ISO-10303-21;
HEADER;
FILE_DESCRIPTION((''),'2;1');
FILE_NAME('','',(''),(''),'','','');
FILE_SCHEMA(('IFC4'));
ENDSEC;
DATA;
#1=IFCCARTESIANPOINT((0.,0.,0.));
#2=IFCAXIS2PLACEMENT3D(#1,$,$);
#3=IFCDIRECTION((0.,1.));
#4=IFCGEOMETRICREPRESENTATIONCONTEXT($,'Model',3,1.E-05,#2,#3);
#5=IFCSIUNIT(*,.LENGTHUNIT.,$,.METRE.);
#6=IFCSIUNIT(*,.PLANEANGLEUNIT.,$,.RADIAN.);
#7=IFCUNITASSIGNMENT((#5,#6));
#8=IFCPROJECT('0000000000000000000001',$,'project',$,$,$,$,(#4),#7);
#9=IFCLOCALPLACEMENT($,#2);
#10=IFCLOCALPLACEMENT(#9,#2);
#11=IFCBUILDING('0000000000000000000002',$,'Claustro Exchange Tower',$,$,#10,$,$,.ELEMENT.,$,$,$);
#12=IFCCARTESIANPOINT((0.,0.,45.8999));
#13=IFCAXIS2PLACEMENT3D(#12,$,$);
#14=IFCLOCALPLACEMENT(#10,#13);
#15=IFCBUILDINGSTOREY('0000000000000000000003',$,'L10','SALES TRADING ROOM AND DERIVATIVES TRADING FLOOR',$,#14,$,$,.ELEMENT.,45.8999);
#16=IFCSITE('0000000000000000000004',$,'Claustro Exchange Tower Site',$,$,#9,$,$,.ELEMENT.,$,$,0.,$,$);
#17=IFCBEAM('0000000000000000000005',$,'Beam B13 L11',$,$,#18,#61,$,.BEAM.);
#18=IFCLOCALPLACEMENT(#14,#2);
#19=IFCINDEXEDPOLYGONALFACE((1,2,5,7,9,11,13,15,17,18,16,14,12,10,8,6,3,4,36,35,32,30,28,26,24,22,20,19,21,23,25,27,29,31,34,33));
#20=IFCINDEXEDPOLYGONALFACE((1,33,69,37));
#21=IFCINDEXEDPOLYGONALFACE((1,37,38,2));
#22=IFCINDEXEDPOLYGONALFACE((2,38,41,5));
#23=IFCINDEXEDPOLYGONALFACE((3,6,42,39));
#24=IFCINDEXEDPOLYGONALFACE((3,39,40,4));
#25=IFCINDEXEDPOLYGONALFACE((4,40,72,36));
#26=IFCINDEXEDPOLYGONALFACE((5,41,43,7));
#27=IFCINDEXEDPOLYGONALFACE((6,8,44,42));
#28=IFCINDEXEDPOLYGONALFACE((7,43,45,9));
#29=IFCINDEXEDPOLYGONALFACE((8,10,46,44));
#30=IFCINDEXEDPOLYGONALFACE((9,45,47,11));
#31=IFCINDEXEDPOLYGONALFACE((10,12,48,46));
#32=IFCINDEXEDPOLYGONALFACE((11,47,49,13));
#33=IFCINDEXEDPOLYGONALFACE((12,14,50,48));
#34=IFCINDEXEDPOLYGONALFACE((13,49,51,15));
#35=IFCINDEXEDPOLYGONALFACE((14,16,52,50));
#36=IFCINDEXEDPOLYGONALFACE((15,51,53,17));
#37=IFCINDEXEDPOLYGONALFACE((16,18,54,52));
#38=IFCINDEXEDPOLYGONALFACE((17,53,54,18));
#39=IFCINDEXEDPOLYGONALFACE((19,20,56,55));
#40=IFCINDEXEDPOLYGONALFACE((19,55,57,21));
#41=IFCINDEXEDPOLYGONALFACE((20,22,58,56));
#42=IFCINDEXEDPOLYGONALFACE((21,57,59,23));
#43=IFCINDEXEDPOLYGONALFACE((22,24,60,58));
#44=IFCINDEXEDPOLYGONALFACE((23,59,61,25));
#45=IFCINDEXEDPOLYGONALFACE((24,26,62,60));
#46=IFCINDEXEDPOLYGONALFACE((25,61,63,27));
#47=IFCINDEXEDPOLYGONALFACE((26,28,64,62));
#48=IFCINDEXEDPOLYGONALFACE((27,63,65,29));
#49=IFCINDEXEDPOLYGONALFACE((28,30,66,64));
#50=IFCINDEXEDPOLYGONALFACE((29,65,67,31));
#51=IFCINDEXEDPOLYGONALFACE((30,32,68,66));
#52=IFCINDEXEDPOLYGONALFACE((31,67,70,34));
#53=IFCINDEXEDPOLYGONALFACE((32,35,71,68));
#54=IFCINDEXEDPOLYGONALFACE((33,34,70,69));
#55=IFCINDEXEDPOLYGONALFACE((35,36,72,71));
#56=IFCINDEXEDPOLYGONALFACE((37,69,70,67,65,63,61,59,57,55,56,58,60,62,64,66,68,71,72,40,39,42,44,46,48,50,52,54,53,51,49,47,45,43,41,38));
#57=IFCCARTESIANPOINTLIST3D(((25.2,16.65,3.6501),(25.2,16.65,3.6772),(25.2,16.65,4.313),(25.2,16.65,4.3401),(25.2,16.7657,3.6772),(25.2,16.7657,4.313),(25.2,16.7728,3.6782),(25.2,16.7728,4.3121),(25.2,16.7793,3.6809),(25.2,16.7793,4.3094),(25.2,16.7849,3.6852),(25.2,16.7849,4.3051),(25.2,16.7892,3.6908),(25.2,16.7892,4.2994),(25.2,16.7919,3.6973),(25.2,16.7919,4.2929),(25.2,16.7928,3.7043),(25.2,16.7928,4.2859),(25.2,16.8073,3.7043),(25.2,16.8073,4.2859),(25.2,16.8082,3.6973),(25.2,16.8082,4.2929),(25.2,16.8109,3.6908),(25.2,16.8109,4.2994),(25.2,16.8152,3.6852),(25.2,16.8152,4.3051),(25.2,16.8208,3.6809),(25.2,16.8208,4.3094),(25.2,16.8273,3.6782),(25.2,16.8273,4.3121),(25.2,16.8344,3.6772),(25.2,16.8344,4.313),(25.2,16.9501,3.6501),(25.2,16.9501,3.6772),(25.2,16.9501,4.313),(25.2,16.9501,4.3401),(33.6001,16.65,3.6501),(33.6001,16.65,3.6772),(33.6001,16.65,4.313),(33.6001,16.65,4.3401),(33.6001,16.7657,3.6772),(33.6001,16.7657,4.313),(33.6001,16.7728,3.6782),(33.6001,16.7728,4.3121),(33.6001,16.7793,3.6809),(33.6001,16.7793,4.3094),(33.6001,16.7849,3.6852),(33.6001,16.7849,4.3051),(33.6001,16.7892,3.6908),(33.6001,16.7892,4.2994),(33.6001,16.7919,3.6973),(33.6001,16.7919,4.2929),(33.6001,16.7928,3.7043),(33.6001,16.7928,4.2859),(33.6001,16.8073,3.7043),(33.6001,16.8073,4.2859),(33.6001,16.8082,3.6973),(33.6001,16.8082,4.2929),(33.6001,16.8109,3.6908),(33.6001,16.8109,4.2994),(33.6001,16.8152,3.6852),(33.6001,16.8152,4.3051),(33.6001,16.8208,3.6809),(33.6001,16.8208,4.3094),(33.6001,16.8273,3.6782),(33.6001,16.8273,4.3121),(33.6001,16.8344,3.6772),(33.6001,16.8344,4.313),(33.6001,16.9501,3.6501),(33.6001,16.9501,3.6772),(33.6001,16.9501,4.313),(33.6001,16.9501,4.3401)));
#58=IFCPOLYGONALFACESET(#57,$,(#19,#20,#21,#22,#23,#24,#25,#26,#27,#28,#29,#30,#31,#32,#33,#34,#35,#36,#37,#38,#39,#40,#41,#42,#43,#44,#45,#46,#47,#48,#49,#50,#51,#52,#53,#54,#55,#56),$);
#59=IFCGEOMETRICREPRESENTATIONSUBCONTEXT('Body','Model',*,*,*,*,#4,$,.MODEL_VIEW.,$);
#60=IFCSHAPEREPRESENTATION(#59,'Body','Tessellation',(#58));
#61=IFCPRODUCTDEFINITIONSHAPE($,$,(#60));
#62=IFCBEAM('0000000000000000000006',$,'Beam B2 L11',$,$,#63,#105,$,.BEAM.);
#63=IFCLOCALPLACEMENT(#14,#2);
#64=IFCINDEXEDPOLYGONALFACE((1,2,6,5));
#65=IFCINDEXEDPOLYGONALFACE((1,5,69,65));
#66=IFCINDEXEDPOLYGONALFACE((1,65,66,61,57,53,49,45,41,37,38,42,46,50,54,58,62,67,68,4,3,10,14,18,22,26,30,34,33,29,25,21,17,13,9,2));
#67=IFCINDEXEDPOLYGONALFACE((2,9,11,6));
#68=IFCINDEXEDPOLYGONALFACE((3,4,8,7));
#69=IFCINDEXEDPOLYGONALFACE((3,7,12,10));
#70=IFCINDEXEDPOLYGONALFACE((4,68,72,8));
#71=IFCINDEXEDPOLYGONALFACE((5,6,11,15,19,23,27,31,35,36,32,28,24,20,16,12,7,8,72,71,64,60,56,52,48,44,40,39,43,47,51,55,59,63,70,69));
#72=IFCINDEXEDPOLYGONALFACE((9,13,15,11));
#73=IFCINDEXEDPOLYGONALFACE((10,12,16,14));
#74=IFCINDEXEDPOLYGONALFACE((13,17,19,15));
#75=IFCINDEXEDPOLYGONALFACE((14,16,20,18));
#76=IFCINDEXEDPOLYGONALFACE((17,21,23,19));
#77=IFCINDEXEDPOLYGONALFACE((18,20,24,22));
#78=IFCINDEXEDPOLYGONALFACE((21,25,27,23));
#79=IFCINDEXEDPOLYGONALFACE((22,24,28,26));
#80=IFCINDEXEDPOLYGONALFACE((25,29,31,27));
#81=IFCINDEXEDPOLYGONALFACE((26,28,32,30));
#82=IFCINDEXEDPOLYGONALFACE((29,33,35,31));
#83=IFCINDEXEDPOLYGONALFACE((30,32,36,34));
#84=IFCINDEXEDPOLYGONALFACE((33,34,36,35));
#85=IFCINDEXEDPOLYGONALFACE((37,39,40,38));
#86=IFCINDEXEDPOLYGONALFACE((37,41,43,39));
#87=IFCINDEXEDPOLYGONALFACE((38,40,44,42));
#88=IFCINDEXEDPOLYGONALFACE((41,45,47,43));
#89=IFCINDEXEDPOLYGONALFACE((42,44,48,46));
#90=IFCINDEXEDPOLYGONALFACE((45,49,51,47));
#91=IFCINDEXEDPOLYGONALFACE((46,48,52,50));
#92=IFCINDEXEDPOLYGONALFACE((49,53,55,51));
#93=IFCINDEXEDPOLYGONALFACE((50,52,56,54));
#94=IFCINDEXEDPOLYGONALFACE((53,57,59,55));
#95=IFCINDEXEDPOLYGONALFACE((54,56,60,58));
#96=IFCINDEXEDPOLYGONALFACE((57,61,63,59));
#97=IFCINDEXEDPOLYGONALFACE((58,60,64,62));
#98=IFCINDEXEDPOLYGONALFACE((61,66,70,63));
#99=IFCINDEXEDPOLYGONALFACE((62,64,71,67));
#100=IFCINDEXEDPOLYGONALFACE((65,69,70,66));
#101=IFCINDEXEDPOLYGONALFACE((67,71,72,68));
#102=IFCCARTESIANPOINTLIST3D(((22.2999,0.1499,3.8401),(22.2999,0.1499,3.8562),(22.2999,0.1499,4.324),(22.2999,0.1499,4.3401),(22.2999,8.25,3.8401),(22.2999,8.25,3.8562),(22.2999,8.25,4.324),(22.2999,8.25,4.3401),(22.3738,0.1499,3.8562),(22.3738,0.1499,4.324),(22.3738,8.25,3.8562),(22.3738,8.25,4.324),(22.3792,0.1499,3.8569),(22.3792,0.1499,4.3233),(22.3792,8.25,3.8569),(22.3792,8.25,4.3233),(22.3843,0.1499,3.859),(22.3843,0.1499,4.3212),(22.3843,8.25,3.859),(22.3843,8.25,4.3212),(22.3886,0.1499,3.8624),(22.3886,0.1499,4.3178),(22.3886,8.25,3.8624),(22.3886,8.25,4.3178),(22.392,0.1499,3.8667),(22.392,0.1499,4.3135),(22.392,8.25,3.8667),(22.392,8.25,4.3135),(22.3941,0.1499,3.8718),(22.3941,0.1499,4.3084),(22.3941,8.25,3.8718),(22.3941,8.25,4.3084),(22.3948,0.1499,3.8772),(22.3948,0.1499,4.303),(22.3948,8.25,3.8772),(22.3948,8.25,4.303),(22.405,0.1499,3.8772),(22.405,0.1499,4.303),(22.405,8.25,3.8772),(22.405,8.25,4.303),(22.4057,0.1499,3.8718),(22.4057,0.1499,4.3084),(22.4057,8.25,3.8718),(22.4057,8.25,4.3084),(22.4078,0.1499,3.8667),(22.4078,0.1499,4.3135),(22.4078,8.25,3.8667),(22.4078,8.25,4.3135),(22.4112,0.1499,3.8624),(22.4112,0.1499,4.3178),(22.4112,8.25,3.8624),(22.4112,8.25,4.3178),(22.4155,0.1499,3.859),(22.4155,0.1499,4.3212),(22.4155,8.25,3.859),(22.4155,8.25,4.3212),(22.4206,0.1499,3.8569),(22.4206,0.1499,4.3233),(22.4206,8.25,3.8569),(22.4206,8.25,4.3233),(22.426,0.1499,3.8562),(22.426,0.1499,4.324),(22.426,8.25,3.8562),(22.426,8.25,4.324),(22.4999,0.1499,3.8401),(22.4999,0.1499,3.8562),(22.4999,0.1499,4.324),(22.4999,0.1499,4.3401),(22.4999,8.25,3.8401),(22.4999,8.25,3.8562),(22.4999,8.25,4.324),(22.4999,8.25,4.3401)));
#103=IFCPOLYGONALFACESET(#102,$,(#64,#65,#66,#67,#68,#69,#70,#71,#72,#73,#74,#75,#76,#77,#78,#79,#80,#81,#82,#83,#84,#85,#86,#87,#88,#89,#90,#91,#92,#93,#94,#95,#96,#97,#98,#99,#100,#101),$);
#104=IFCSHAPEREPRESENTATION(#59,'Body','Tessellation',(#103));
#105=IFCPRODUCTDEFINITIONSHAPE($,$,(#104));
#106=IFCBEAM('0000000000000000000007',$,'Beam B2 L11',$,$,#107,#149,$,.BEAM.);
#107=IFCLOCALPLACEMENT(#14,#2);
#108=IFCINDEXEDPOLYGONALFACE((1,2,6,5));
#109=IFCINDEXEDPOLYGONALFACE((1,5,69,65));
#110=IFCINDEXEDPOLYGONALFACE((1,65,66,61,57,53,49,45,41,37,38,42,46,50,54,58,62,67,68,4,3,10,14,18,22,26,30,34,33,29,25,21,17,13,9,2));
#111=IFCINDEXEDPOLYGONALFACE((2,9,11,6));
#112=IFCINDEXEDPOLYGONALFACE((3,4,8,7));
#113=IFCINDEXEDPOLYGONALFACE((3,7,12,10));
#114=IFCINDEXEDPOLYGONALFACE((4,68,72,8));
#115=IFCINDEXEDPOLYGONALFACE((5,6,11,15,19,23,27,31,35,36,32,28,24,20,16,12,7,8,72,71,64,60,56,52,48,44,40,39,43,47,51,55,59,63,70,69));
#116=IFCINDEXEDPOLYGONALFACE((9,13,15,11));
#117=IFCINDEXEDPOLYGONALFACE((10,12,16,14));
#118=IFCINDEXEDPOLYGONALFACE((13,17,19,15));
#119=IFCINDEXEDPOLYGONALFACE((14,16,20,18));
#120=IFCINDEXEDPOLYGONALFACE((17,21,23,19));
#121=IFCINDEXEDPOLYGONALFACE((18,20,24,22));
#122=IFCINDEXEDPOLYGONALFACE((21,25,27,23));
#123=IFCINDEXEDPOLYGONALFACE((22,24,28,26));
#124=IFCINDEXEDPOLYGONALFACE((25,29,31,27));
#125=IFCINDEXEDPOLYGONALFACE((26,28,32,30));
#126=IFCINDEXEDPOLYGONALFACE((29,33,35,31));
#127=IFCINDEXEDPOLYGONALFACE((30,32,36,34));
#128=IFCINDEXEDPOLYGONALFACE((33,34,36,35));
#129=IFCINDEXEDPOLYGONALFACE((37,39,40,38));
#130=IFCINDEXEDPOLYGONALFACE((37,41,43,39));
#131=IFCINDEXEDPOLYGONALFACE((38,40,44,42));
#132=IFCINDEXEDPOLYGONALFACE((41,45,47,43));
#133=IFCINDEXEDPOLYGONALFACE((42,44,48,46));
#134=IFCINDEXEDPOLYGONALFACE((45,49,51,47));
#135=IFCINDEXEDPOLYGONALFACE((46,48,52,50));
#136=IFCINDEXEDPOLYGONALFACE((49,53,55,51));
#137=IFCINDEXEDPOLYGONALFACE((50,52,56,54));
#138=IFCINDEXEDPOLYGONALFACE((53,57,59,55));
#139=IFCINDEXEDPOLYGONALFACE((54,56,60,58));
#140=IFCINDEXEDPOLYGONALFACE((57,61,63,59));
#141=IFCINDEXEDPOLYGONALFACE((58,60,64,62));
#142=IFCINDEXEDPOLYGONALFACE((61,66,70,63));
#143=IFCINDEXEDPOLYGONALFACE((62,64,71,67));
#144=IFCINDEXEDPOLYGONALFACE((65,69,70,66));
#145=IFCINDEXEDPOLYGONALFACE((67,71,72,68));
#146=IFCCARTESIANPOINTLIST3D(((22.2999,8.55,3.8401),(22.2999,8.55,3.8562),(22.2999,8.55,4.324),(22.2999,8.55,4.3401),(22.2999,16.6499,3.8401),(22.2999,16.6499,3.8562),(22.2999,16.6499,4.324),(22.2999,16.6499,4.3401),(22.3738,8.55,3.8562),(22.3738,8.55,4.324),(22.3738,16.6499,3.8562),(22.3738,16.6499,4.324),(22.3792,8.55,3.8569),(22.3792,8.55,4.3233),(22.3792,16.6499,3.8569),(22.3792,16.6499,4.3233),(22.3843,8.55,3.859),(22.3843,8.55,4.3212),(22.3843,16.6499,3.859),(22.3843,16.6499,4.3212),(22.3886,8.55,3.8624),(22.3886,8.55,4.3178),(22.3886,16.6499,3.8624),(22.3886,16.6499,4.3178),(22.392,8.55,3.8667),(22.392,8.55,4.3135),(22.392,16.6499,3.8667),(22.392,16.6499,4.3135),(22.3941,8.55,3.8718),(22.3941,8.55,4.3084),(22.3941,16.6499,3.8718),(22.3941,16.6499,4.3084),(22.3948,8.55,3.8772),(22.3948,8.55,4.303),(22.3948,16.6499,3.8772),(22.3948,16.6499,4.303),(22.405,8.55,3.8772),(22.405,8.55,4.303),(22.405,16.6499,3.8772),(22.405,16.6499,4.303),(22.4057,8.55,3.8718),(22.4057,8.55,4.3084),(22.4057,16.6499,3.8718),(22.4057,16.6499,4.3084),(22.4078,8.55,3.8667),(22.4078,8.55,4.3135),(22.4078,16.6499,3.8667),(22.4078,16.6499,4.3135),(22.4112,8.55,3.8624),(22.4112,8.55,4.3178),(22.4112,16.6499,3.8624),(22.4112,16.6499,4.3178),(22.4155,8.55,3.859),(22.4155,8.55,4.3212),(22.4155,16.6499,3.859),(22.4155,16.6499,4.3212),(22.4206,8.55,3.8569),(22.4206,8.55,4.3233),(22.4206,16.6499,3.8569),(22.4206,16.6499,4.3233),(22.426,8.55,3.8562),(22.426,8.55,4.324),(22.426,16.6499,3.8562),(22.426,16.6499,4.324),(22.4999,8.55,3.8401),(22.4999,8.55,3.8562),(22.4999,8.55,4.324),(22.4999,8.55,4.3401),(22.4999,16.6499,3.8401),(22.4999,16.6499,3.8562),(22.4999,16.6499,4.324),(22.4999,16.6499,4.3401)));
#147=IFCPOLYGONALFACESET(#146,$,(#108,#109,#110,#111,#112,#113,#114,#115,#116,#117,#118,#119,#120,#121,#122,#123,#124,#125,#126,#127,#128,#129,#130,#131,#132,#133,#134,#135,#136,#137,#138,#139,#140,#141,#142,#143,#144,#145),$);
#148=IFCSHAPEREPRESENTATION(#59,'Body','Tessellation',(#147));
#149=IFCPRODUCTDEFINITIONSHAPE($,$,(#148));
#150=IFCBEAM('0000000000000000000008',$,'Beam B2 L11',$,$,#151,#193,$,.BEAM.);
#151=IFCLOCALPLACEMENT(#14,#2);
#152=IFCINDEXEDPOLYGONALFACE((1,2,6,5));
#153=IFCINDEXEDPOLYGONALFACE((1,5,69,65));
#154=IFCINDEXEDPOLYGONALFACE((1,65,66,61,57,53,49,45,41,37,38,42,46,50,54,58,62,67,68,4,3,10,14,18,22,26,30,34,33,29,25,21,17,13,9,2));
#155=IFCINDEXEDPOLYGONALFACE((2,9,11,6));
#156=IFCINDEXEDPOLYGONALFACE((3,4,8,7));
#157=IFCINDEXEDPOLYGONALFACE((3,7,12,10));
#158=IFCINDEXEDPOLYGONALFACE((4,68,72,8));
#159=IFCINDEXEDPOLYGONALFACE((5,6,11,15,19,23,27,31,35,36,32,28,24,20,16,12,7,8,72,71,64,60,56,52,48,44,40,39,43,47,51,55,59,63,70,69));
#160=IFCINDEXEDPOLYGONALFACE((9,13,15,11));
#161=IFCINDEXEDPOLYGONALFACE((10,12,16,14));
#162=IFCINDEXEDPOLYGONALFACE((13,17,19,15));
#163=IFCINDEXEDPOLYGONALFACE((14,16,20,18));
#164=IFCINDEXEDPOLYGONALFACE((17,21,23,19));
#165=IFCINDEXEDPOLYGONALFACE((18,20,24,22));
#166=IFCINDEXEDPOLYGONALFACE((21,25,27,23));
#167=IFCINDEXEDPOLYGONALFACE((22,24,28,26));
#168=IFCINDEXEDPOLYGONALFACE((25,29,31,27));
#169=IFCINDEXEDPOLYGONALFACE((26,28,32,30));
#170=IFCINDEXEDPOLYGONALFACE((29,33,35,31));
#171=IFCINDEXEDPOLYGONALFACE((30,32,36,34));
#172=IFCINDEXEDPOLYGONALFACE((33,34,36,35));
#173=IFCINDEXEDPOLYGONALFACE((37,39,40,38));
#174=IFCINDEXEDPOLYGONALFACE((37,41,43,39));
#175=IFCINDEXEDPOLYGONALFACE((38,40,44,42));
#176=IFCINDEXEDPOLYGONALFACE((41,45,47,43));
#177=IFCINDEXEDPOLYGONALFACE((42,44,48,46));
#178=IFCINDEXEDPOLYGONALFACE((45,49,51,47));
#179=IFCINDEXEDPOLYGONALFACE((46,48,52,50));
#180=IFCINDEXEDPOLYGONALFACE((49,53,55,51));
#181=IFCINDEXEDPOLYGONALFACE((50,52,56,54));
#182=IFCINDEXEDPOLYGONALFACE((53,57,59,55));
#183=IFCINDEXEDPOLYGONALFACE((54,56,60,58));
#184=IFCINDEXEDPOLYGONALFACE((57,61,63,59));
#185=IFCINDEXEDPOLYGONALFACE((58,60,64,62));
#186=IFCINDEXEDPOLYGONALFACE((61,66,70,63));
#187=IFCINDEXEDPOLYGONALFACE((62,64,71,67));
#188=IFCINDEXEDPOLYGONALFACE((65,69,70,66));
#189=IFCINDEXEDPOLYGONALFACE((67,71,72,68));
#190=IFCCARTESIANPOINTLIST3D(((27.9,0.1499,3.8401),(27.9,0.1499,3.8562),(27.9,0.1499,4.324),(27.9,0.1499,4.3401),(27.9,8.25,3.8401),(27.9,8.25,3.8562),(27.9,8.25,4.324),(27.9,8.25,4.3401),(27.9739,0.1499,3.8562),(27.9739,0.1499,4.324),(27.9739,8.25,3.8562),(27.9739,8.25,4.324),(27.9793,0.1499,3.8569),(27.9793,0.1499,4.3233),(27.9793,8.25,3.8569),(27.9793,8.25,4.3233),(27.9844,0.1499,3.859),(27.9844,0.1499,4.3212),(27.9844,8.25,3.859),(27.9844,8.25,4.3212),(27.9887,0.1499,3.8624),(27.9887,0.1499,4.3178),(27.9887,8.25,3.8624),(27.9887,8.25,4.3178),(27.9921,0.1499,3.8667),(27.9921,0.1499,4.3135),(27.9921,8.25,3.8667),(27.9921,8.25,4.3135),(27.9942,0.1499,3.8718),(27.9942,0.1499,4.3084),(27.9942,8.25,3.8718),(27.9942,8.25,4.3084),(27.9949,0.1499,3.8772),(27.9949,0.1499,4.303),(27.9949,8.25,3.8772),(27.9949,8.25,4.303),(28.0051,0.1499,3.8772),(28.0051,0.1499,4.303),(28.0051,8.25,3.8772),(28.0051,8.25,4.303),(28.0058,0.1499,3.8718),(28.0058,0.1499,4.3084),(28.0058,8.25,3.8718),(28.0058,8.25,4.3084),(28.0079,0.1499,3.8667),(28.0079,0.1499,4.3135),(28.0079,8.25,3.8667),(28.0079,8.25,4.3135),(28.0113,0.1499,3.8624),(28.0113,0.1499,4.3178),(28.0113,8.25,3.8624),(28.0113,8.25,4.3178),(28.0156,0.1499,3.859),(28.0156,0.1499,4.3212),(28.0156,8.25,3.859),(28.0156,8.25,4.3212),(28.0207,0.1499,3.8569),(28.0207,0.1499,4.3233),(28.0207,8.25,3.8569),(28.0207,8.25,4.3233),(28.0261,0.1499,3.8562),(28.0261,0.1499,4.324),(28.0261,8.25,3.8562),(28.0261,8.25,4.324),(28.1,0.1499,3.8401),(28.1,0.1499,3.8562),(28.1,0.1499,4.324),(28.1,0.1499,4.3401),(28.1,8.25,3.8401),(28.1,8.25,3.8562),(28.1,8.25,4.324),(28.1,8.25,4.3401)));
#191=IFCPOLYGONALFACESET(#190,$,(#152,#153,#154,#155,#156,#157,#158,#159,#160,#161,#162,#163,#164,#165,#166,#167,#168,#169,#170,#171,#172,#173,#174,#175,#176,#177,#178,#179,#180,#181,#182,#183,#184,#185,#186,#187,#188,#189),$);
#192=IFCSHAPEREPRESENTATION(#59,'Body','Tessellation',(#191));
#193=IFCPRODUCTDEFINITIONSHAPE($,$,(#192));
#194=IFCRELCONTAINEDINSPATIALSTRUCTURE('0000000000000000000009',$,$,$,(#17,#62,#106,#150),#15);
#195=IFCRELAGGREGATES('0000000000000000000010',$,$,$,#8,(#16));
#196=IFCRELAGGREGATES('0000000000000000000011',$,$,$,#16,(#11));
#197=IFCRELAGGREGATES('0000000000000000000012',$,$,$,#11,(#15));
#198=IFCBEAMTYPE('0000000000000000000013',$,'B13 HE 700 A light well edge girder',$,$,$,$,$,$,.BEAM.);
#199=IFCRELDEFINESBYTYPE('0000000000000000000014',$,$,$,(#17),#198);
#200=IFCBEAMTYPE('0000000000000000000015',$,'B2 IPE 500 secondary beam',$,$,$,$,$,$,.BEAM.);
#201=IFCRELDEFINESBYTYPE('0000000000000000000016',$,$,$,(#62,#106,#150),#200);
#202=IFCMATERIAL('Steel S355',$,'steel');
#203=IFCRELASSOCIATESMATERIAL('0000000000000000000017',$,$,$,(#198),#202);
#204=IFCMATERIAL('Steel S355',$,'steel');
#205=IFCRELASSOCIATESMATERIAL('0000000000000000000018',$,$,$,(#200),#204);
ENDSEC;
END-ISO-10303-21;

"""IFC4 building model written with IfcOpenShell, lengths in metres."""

from ifc_helpers import new_model, si_unit, direction, frame, origin, origin_2d, place, context, subcontext, project, spatial, i_section, extrude, material, material_profile, profile_set, type_object, element, save


model = new_model("IFC4")

# Units and contexts
model_context = context("Model", 3, precision=1e-05, world=origin(), true_north=direction((0.0, 1.0)))
body_context = subcontext(model_context, "Body", "Model", "MODEL_VIEW")
ifc_project = project(units=[si_unit("LENGTHUNIT", "METRE"), si_unit("PLANEANGLEUNIT", "RADIAN")], contexts=[model_context])

# Site, building, storey
site_placement = place(None, origin())
site = spatial("IfcSite", under=ifc_project, at=site_placement, Name="Claustro Exchange Tower Site", CompositionType="ELEMENT", RefElevation=0.0)
building_placement = place(site_placement, origin())
building = spatial("IfcBuilding", under=site, at=building_placement, Name="Claustro Exchange Tower", CompositionType="ELEMENT")
storey_placement = place(building_placement, frame((0.0, 0.0, 45.8999)))
storey = spatial("IfcBuildingStorey", under=building, at=storey_placement, Name="L10", Description="SALES TRADING ROOM AND DERIVATIVES TRADING FLOOR", CompositionType="ELEMENT", Elevation=45.8999)

# Beams
ifc_material_1 = material(Name="Steel S355", Category="steel")
ifc_material_profile_1 = material_profile(ifc_material_1, i_section(OverallWidth=0.3, OverallDepth=0.6899, WebThickness=0.0144, FlangeThickness=0.0271, FilletRadius=0.0271, at=origin_2d()), Name="HE 700 A")
ifc_profile_set_1 = profile_set([ifc_material_profile_1], Name="Steel S355")
beam_type_1 = type_object("IfcBeamType", Name="B13 HE 700 A light well edge girder", PredefinedType="BEAM", material=ifc_profile_set_1)
beam_1_placement = place(storey_placement, frame((25.2, 16.8, 3.9951), z_axis=(1.0, 0.0, 0.0), x_axis=(0.0, 1.0, 0.0)))
element("IfcBeam", 1, at=beam_1_placement, inside=storey, type_object=beam_type_1, Name="Beam B13 L11", PredefinedType="BEAM", context=body_context, shape_type="SweptSolid", body=[
    extrude(i_section(OverallWidth=0.3, OverallDepth=0.6899, WebThickness=0.0144, FlangeThickness=0.0271, FilletRadius=0.0271, at=origin_2d()), origin(), (0.0, 0.0, 1.0), 8.4001),
])
ifc_material_2 = material(Name="Steel S355", Category="steel")
ifc_material_profile_2 = material_profile(ifc_material_2, i_section(OverallWidth=0.2, OverallDepth=0.5, WebThickness=0.0103, FlangeThickness=0.0161, FilletRadius=0.021, at=origin_2d()), Name="IPE 500")
ifc_profile_set_2 = profile_set([ifc_material_profile_2], Name="Steel S355")
beam_type_2 = type_object("IfcBeamType", Name="B2 IPE 500 secondary beam", PredefinedType="BEAM", material=ifc_profile_set_2)
beam_2_placement = place(storey_placement, frame((22.3999, 0.1499, 4.0901), z_axis=(0.0, 1.0, 0.0), x_axis=(-1.0, 0.0, 0.0)))
element("IfcBeam", 2, at=beam_2_placement, inside=storey, type_object=beam_type_2, Name="Beam B2 L11", PredefinedType="BEAM", context=body_context, shape_type="SweptSolid", body=[
    extrude(i_section(OverallWidth=0.2, OverallDepth=0.5, WebThickness=0.0103, FlangeThickness=0.0161, FilletRadius=0.021, at=origin_2d()), origin(), (0.0, 0.0, 1.0), 8.1001),
])
beam_3_placement = place(storey_placement, frame((22.3999, 8.55, 4.0901), z_axis=(0.0, 1.0, 0.0), x_axis=(-1.0, 0.0, 0.0)))
element("IfcBeam", 3, at=beam_3_placement, inside=storey, type_object=beam_type_2, Name="Beam B2 L11", PredefinedType="BEAM", context=body_context, shape_type="SweptSolid", body=[
    extrude(i_section(OverallWidth=0.2, OverallDepth=0.5, WebThickness=0.0103, FlangeThickness=0.0161, FilletRadius=0.021, at=origin_2d()), origin(), (0.0, 0.0, 1.0), 8.0999),
])
beam_4_placement = place(storey_placement, frame((28.0, 0.1499, 4.0901), z_axis=(0.0, 1.0, 0.0), x_axis=(-1.0, 0.0, 0.0)))
element("IfcBeam", 4, at=beam_4_placement, inside=storey, type_object=beam_type_2, Name="Beam B2 L11", PredefinedType="BEAM", context=body_context, shape_type="SweptSolid", body=[
    extrude(i_section(OverallWidth=0.2, OverallDepth=0.5, WebThickness=0.0103, FlangeThickness=0.0161, FilletRadius=0.021, at=origin_2d()), origin(), (0.0, 0.0, 1.0), 8.1001),
])

save(model, "model.ifc")
